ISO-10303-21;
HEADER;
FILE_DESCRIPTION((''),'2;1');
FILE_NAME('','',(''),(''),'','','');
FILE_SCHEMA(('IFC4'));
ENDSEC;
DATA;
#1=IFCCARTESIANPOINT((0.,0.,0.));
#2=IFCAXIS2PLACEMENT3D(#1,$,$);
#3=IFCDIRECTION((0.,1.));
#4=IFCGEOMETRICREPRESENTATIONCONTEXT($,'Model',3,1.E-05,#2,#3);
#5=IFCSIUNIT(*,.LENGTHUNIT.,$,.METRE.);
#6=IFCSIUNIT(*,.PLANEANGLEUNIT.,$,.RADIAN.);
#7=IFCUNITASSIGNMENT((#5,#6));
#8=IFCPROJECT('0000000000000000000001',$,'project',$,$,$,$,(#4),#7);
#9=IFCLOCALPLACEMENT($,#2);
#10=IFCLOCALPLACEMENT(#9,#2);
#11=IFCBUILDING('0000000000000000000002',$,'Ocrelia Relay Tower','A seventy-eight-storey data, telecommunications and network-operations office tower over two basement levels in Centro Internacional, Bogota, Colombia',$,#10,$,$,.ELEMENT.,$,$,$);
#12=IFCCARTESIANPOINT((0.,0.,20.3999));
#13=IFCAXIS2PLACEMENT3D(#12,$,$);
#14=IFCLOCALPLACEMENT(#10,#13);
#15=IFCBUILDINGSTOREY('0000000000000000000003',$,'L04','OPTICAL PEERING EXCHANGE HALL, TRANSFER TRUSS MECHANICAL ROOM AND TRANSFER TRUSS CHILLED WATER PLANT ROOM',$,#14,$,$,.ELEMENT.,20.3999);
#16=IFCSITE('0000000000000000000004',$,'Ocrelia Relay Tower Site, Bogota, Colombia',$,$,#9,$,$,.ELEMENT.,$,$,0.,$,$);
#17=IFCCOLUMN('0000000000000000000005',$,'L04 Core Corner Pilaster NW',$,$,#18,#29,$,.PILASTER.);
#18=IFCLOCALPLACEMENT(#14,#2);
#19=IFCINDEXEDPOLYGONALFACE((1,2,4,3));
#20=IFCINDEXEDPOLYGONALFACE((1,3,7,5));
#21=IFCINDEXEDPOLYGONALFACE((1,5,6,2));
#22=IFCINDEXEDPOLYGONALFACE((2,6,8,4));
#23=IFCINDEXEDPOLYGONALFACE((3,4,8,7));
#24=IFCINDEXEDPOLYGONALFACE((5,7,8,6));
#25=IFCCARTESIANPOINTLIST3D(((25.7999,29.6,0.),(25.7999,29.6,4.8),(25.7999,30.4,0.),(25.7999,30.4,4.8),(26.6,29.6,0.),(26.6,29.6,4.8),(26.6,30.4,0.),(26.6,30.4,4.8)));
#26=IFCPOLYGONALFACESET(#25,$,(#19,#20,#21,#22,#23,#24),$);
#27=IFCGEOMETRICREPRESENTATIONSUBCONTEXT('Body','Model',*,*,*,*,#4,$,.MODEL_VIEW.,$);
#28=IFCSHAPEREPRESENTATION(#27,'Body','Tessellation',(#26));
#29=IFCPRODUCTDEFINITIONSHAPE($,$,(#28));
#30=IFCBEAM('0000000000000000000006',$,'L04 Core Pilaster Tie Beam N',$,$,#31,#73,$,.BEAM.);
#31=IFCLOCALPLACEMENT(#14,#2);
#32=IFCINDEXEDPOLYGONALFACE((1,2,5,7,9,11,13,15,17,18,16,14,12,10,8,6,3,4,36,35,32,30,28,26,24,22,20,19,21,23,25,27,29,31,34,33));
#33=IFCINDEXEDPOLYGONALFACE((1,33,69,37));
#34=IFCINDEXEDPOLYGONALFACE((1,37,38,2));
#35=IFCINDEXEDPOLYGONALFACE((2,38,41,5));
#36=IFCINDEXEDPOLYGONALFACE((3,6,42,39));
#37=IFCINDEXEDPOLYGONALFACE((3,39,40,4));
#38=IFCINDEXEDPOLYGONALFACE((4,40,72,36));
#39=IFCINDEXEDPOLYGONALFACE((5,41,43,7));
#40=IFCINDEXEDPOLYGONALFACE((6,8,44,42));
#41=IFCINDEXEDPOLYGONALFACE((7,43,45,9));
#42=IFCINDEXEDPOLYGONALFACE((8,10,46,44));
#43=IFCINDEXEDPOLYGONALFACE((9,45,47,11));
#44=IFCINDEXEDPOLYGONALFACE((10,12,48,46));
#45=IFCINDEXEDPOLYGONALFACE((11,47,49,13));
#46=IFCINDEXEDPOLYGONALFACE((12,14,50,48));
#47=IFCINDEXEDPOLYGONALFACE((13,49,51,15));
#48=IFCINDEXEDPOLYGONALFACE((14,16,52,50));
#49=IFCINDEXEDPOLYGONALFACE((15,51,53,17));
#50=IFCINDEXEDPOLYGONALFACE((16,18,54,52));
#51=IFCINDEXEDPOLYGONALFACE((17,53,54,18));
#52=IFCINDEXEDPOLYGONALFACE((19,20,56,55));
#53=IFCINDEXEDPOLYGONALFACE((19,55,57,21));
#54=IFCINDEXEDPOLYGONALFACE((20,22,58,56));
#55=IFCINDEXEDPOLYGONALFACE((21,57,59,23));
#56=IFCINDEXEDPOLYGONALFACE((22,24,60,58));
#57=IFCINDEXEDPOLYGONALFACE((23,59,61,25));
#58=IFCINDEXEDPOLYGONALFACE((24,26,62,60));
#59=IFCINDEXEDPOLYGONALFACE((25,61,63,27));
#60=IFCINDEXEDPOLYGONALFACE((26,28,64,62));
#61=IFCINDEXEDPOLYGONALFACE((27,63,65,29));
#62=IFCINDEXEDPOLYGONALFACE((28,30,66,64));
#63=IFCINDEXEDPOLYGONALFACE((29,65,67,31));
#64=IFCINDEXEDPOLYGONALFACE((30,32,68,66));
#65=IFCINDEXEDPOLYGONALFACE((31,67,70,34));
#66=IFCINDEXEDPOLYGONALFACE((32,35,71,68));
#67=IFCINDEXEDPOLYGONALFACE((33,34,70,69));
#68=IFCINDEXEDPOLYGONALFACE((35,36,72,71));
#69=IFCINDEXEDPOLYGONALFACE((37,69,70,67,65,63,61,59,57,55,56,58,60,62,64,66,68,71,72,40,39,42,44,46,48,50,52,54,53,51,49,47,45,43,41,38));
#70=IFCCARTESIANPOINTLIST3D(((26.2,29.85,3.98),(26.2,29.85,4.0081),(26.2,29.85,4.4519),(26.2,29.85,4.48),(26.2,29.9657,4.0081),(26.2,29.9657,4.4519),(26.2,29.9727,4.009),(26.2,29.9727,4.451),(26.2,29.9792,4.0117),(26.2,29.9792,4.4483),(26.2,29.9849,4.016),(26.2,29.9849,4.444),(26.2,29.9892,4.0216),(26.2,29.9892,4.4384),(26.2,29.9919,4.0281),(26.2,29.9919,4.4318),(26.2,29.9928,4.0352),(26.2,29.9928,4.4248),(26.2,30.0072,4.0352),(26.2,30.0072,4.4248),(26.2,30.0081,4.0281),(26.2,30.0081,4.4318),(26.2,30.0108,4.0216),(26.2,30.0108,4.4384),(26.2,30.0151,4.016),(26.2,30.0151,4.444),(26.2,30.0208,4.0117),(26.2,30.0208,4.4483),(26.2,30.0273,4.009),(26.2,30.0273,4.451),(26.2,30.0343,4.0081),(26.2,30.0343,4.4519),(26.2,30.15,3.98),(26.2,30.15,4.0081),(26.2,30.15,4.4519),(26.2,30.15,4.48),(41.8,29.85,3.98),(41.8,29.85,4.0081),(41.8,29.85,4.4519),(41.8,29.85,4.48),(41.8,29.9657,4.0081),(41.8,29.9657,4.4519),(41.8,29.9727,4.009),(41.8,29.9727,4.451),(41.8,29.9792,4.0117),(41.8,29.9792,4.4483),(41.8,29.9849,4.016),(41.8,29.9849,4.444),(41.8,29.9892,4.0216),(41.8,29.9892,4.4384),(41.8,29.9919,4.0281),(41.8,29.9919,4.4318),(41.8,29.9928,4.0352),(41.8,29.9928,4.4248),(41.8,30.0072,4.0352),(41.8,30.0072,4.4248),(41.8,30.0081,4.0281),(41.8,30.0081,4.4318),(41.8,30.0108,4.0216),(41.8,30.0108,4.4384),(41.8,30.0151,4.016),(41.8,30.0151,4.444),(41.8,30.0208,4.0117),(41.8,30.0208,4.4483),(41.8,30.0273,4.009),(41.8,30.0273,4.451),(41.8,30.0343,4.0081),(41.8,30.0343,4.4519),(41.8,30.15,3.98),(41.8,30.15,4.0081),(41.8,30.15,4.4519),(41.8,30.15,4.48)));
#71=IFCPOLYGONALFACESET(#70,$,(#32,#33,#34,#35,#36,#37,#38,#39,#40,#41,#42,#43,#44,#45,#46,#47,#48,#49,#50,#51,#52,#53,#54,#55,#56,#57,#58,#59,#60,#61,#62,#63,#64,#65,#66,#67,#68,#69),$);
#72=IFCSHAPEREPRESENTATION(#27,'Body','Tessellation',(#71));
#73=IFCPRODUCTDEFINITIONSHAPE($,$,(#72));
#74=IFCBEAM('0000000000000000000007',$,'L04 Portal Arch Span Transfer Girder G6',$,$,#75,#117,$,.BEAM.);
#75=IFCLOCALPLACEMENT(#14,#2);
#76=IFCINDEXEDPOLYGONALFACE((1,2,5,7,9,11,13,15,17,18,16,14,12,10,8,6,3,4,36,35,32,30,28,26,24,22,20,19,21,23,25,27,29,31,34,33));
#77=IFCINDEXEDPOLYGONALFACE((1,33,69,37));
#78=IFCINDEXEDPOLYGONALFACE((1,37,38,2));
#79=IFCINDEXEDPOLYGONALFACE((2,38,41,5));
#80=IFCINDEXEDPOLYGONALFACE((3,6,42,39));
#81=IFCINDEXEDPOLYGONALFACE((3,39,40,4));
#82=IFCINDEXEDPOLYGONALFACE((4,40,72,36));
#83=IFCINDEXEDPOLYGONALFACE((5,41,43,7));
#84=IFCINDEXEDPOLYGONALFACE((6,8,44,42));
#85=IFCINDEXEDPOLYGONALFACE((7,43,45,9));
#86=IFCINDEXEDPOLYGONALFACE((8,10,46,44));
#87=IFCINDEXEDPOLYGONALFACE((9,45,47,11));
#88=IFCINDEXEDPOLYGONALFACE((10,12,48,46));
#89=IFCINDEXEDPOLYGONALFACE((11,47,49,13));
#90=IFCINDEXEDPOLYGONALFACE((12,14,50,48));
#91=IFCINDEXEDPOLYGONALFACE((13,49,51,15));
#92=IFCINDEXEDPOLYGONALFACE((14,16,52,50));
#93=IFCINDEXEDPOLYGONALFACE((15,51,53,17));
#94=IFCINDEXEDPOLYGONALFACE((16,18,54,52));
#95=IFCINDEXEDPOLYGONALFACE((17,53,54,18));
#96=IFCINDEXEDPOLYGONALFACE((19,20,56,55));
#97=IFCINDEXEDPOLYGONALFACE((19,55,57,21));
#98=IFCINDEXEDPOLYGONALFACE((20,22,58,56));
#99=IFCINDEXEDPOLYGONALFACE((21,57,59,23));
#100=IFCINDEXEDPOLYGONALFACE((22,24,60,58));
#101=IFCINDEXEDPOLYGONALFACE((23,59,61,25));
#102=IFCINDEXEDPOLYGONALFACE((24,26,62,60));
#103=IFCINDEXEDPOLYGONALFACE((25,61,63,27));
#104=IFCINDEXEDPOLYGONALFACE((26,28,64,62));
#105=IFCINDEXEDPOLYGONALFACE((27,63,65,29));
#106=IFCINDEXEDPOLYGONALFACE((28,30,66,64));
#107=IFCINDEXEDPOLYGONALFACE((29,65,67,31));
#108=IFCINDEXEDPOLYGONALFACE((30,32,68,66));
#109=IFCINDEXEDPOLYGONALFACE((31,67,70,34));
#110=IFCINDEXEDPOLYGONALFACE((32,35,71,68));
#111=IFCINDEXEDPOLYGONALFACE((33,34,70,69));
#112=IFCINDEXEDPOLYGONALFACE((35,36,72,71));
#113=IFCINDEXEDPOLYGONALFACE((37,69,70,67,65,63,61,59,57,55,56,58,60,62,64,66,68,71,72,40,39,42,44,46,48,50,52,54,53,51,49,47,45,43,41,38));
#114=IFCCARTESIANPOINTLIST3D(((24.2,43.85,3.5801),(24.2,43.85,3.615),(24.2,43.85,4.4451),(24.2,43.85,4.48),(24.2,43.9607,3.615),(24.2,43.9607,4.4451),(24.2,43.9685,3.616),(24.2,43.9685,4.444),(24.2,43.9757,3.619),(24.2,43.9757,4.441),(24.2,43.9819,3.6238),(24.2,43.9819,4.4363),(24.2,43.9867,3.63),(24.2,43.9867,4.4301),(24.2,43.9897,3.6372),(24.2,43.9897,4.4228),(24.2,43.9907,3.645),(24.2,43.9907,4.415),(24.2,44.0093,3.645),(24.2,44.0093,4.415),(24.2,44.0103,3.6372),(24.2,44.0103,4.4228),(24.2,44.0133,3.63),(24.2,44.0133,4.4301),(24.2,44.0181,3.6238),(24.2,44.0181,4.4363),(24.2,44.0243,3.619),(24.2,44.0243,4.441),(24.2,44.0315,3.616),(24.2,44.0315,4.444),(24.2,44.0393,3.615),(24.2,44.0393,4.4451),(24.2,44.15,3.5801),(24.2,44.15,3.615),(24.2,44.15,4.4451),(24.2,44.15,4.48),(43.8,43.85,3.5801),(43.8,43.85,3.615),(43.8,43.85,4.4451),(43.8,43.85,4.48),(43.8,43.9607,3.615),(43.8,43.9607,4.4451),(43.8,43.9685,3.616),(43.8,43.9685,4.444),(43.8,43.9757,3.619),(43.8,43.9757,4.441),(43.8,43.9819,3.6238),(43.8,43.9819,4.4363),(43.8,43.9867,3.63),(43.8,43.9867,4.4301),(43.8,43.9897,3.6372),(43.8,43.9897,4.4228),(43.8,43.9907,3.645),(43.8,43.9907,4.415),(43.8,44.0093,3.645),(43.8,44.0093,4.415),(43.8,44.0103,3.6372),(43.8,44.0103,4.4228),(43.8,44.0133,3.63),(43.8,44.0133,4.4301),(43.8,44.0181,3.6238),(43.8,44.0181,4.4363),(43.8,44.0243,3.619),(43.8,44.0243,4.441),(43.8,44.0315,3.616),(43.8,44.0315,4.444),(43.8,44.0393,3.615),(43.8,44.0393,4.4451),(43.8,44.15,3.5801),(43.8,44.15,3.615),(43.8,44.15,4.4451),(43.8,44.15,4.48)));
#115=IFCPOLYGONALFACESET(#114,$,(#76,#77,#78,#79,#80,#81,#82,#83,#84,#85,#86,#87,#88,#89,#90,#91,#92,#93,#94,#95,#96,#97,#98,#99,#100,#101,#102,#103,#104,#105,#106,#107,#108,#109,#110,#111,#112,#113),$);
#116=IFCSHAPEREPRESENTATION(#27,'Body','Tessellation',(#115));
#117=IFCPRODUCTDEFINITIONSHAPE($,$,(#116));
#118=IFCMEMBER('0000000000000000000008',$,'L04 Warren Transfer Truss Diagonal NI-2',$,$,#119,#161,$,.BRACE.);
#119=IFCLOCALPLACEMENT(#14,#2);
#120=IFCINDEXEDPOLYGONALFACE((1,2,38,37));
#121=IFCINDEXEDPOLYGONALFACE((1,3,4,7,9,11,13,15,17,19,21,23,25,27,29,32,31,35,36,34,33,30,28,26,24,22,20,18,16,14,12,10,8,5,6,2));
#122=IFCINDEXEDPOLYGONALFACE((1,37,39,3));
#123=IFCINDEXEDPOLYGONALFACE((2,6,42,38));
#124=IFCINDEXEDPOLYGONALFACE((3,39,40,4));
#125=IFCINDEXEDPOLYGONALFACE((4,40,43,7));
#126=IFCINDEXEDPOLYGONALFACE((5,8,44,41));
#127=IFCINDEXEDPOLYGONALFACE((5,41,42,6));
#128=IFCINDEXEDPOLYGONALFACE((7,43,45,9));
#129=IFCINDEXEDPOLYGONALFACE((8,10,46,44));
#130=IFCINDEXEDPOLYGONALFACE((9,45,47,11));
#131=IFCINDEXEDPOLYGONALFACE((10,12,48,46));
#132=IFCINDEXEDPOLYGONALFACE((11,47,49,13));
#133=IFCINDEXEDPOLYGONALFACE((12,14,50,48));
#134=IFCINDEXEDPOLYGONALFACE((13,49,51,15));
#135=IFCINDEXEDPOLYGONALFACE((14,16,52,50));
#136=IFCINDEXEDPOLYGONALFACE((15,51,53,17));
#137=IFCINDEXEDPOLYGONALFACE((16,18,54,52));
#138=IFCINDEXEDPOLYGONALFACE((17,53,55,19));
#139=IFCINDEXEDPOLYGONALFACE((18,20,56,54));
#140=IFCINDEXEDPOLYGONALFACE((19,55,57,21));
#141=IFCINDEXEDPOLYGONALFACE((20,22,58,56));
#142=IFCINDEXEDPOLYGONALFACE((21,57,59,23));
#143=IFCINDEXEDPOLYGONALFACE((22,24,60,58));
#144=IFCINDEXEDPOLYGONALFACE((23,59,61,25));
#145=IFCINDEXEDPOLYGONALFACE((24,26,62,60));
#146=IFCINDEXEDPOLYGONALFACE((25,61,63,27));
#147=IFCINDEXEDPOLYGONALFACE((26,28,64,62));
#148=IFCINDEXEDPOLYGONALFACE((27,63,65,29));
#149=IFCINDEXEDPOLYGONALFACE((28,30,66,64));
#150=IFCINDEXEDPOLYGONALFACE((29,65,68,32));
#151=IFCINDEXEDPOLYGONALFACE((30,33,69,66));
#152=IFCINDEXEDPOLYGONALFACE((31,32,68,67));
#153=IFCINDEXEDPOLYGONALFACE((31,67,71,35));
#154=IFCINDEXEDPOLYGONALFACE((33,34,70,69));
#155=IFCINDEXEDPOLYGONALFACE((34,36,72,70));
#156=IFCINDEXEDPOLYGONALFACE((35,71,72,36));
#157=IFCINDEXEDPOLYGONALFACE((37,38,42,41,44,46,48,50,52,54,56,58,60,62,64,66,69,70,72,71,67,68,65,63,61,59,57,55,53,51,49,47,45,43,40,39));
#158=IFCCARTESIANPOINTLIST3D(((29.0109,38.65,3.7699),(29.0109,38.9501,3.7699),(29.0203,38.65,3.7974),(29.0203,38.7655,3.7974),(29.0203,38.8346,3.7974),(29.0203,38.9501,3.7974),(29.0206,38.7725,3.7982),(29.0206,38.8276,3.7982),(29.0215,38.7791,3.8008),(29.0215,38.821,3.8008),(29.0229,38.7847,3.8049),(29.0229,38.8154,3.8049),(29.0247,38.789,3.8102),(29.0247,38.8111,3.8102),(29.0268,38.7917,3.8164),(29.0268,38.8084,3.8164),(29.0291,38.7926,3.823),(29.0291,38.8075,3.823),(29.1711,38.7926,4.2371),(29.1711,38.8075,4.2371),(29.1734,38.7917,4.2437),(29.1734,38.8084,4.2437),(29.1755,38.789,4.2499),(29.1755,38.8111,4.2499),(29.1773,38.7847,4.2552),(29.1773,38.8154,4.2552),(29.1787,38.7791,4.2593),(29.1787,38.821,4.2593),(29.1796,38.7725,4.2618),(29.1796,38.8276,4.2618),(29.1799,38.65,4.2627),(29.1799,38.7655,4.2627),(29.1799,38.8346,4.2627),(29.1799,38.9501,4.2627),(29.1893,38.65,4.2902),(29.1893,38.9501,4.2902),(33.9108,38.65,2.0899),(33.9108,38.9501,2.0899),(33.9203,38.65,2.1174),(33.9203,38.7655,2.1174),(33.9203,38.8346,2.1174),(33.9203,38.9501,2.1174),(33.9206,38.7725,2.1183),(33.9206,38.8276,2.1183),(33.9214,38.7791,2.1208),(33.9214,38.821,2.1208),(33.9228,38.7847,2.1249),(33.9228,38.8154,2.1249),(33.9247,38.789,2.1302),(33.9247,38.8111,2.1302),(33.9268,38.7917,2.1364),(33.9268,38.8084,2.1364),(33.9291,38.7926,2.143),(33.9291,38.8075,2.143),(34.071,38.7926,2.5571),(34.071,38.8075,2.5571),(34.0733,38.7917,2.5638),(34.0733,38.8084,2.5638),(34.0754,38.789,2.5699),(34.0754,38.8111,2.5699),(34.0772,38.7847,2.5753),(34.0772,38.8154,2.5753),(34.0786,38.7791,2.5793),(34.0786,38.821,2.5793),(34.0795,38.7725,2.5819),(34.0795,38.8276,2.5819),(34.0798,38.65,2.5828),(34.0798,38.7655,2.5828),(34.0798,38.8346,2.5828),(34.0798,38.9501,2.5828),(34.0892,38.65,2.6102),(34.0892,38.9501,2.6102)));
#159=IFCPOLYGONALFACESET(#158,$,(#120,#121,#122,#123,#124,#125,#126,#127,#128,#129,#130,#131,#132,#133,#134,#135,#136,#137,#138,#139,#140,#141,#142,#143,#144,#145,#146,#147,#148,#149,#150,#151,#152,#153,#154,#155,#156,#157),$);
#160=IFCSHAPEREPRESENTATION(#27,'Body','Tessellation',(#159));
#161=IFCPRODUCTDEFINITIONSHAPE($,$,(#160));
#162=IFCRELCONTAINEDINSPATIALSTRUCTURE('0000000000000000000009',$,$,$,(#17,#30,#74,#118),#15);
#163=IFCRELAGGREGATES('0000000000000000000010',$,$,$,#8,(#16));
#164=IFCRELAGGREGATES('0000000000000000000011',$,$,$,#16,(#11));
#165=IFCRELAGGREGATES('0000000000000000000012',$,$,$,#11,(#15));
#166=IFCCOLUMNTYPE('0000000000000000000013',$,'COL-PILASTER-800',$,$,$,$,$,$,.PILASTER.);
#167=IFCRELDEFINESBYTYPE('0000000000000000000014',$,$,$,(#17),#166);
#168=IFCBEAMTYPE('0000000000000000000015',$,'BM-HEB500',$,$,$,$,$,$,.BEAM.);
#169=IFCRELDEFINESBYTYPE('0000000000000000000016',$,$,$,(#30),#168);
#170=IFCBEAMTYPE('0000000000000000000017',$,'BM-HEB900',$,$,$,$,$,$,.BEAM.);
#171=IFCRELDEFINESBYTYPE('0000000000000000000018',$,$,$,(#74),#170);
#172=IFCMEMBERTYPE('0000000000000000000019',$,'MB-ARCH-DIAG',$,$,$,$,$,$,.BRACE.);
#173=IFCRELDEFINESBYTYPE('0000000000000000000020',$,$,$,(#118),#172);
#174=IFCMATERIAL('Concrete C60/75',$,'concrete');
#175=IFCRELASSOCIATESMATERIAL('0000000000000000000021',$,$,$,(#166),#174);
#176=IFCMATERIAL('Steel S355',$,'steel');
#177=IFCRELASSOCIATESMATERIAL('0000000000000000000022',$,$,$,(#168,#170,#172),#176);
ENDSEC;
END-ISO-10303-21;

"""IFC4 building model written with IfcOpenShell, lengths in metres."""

from ifc_helpers import new_model, si_unit, direction, frame, origin, origin_2d, place, context, subcontext, project, spatial, rectangle, i_section, extrude, material, material_profile, profile_set, type_object, element, save


model = new_model("IFC4")

# Units and contexts
model_context = context("Model", 3, precision=1e-05, world=origin(), true_north=direction((0.0, 1.0)))
body_context = subcontext(model_context, "Body", "Model", "MODEL_VIEW")
ifc_project = project(units=[si_unit("LENGTHUNIT", "METRE"), si_unit("PLANEANGLEUNIT", "RADIAN")], contexts=[model_context])

# Site, building, storey
site_placement = place(None, origin())
site = spatial("IfcSite", under=ifc_project, at=site_placement, Name="Ocrelia Relay Tower Site, Bogota, Colombia", CompositionType="ELEMENT", RefElevation=0.0)
building_placement = place(site_placement, origin())
building = spatial("IfcBuilding", under=site, at=building_placement, Name="Ocrelia Relay Tower", Description="A seventy-eight-storey data, telecommunications and network-operations office tower over two basement levels in Centro Internacional, Bogota, Colombia", CompositionType="ELEMENT")
storey_placement = place(building_placement, frame((0.0, 0.0, 20.3999)))
storey = spatial("IfcBuildingStorey", under=building, at=storey_placement, Name="L04", Description="OPTICAL PEERING EXCHANGE HALL, TRANSFER TRUSS MECHANICAL ROOM AND TRANSFER TRUSS CHILLED WATER PLANT ROOM", CompositionType="ELEMENT", Elevation=20.3999)

# Column
ifc_material_1 = material(Name="Concrete C60/75", Category="concrete")
ifc_material_profile_1 = material_profile(ifc_material_1, rectangle(XDim=0.8, YDim=0.8, at=origin_2d()), Name="RC-COL-800x800")
ifc_profile_set_1 = profile_set([ifc_material_profile_1], Name="Concrete C60/75")
column_type = type_object("IfcColumnType", Name="COL-PILASTER-800", PredefinedType="PILASTER", material=ifc_profile_set_1)
column_placement = place(storey_placement, frame((26.2, 30.0, 0.0), z_axis=(0.0, 0.0, 1.0), x_axis=(1.0, 0.0, 0.0)))
element("IfcColumn", 1, at=column_placement, inside=storey, type_object=column_type, Name="L04 Core Corner Pilaster NW", PredefinedType="PILASTER", context=body_context, shape_type="SweptSolid", body=[
    extrude(rectangle(XDim=0.8, YDim=0.8, at=origin_2d()), origin(), (0.0, 0.0, 1.0), 4.8),
])

# Beams
ifc_material_2 = material(Name="Steel S355", Category="steel")
ifc_material_profile_2 = material_profile(ifc_material_2, i_section(OverallWidth=0.3, OverallDepth=0.5, WebThickness=0.0144, FlangeThickness=0.0281, FilletRadius=0.0271, at=origin_2d()), Name="HEB 500")
ifc_profile_set_2 = profile_set([ifc_material_profile_2], Name="Steel S355")
beam_type_1 = type_object("IfcBeamType", Name="BM-HEB500", PredefinedType="BEAM", material=ifc_profile_set_2)
beam_1_placement = place(storey_placement, frame((26.2, 30.0, 4.23), z_axis=(1.0, 0.0, 0.0), x_axis=(0.0, 1.0, 0.0)))
element("IfcBeam", 2, at=beam_1_placement, inside=storey, type_object=beam_type_1, Name="L04 Core Pilaster Tie Beam N", PredefinedType="BEAM", context=body_context, shape_type="SweptSolid", body=[
    extrude(i_section(OverallWidth=0.3, OverallDepth=0.5, WebThickness=0.0144, FlangeThickness=0.0281, FilletRadius=0.0271, at=origin_2d()), origin(), (0.0, 0.0, 1.0), 15.6001),
])
ifc_material_profile_3 = material_profile(ifc_material_2, i_section(OverallWidth=0.3, OverallDepth=0.8999, WebThickness=0.0186, FlangeThickness=0.0349, FilletRadius=0.03, at=origin_2d()), Name="HEB 900")
ifc_profile_set_3 = profile_set([ifc_material_profile_3], Name="Steel S355")
beam_type_2 = type_object("IfcBeamType", Name="BM-HEB900", PredefinedType="BEAM", material=ifc_profile_set_3)
beam_2_placement = place(storey_placement, frame((24.2, 44.0, 4.03), z_axis=(1.0, 0.0, 0.0), x_axis=(0.0, 1.0, 0.0)))
element("IfcBeam", 3, at=beam_2_placement, inside=storey, type_object=beam_type_2, Name="L04 Portal Arch Span Transfer Girder G6", PredefinedType="BEAM", context=body_context, shape_type="SweptSolid", body=[
    extrude(i_section(OverallWidth=0.3, OverallDepth=0.8999, WebThickness=0.0186, FlangeThickness=0.0349, FilletRadius=0.03, at=origin_2d()), origin(), (0.0, 0.0, 1.0), 19.6001),
])

# Member
ifc_material_profile_4 = material_profile(ifc_material_2, i_section(OverallWidth=0.3, OverallDepth=0.55, WebThickness=0.0149, FlangeThickness=0.0291, FilletRadius=0.0271, at=origin_2d()), Name="HEB 550")
ifc_profile_set_4 = profile_set([ifc_material_profile_4], Name="Steel S355")
member_type_1 = type_object("IfcMemberType", Name="MB-ARCH-DIAG", PredefinedType="BRACE", material=ifc_profile_set_4)
member_1_placement = place(storey_placement, frame((29.1001, 38.8, 4.03), z_axis=(0.945948, 0.0, -0.324318), x_axis=(0.0, 1.0, 0.0)))
element("IfcMember", 4, at=member_1_placement, inside=storey, type_object=member_type_1, Name="L04 Warren Transfer Truss Diagonal NI-2", PredefinedType="BRACE", context=body_context, shape_type="SweptSolid", body=[
    extrude(i_section(OverallWidth=0.3, OverallDepth=0.55, WebThickness=0.0149, FlangeThickness=0.0291, FilletRadius=0.0271, at=origin_2d()), origin(), (0.0, 0.0, 1.0), 5.1799),
])

save(model, "model.ifc")
